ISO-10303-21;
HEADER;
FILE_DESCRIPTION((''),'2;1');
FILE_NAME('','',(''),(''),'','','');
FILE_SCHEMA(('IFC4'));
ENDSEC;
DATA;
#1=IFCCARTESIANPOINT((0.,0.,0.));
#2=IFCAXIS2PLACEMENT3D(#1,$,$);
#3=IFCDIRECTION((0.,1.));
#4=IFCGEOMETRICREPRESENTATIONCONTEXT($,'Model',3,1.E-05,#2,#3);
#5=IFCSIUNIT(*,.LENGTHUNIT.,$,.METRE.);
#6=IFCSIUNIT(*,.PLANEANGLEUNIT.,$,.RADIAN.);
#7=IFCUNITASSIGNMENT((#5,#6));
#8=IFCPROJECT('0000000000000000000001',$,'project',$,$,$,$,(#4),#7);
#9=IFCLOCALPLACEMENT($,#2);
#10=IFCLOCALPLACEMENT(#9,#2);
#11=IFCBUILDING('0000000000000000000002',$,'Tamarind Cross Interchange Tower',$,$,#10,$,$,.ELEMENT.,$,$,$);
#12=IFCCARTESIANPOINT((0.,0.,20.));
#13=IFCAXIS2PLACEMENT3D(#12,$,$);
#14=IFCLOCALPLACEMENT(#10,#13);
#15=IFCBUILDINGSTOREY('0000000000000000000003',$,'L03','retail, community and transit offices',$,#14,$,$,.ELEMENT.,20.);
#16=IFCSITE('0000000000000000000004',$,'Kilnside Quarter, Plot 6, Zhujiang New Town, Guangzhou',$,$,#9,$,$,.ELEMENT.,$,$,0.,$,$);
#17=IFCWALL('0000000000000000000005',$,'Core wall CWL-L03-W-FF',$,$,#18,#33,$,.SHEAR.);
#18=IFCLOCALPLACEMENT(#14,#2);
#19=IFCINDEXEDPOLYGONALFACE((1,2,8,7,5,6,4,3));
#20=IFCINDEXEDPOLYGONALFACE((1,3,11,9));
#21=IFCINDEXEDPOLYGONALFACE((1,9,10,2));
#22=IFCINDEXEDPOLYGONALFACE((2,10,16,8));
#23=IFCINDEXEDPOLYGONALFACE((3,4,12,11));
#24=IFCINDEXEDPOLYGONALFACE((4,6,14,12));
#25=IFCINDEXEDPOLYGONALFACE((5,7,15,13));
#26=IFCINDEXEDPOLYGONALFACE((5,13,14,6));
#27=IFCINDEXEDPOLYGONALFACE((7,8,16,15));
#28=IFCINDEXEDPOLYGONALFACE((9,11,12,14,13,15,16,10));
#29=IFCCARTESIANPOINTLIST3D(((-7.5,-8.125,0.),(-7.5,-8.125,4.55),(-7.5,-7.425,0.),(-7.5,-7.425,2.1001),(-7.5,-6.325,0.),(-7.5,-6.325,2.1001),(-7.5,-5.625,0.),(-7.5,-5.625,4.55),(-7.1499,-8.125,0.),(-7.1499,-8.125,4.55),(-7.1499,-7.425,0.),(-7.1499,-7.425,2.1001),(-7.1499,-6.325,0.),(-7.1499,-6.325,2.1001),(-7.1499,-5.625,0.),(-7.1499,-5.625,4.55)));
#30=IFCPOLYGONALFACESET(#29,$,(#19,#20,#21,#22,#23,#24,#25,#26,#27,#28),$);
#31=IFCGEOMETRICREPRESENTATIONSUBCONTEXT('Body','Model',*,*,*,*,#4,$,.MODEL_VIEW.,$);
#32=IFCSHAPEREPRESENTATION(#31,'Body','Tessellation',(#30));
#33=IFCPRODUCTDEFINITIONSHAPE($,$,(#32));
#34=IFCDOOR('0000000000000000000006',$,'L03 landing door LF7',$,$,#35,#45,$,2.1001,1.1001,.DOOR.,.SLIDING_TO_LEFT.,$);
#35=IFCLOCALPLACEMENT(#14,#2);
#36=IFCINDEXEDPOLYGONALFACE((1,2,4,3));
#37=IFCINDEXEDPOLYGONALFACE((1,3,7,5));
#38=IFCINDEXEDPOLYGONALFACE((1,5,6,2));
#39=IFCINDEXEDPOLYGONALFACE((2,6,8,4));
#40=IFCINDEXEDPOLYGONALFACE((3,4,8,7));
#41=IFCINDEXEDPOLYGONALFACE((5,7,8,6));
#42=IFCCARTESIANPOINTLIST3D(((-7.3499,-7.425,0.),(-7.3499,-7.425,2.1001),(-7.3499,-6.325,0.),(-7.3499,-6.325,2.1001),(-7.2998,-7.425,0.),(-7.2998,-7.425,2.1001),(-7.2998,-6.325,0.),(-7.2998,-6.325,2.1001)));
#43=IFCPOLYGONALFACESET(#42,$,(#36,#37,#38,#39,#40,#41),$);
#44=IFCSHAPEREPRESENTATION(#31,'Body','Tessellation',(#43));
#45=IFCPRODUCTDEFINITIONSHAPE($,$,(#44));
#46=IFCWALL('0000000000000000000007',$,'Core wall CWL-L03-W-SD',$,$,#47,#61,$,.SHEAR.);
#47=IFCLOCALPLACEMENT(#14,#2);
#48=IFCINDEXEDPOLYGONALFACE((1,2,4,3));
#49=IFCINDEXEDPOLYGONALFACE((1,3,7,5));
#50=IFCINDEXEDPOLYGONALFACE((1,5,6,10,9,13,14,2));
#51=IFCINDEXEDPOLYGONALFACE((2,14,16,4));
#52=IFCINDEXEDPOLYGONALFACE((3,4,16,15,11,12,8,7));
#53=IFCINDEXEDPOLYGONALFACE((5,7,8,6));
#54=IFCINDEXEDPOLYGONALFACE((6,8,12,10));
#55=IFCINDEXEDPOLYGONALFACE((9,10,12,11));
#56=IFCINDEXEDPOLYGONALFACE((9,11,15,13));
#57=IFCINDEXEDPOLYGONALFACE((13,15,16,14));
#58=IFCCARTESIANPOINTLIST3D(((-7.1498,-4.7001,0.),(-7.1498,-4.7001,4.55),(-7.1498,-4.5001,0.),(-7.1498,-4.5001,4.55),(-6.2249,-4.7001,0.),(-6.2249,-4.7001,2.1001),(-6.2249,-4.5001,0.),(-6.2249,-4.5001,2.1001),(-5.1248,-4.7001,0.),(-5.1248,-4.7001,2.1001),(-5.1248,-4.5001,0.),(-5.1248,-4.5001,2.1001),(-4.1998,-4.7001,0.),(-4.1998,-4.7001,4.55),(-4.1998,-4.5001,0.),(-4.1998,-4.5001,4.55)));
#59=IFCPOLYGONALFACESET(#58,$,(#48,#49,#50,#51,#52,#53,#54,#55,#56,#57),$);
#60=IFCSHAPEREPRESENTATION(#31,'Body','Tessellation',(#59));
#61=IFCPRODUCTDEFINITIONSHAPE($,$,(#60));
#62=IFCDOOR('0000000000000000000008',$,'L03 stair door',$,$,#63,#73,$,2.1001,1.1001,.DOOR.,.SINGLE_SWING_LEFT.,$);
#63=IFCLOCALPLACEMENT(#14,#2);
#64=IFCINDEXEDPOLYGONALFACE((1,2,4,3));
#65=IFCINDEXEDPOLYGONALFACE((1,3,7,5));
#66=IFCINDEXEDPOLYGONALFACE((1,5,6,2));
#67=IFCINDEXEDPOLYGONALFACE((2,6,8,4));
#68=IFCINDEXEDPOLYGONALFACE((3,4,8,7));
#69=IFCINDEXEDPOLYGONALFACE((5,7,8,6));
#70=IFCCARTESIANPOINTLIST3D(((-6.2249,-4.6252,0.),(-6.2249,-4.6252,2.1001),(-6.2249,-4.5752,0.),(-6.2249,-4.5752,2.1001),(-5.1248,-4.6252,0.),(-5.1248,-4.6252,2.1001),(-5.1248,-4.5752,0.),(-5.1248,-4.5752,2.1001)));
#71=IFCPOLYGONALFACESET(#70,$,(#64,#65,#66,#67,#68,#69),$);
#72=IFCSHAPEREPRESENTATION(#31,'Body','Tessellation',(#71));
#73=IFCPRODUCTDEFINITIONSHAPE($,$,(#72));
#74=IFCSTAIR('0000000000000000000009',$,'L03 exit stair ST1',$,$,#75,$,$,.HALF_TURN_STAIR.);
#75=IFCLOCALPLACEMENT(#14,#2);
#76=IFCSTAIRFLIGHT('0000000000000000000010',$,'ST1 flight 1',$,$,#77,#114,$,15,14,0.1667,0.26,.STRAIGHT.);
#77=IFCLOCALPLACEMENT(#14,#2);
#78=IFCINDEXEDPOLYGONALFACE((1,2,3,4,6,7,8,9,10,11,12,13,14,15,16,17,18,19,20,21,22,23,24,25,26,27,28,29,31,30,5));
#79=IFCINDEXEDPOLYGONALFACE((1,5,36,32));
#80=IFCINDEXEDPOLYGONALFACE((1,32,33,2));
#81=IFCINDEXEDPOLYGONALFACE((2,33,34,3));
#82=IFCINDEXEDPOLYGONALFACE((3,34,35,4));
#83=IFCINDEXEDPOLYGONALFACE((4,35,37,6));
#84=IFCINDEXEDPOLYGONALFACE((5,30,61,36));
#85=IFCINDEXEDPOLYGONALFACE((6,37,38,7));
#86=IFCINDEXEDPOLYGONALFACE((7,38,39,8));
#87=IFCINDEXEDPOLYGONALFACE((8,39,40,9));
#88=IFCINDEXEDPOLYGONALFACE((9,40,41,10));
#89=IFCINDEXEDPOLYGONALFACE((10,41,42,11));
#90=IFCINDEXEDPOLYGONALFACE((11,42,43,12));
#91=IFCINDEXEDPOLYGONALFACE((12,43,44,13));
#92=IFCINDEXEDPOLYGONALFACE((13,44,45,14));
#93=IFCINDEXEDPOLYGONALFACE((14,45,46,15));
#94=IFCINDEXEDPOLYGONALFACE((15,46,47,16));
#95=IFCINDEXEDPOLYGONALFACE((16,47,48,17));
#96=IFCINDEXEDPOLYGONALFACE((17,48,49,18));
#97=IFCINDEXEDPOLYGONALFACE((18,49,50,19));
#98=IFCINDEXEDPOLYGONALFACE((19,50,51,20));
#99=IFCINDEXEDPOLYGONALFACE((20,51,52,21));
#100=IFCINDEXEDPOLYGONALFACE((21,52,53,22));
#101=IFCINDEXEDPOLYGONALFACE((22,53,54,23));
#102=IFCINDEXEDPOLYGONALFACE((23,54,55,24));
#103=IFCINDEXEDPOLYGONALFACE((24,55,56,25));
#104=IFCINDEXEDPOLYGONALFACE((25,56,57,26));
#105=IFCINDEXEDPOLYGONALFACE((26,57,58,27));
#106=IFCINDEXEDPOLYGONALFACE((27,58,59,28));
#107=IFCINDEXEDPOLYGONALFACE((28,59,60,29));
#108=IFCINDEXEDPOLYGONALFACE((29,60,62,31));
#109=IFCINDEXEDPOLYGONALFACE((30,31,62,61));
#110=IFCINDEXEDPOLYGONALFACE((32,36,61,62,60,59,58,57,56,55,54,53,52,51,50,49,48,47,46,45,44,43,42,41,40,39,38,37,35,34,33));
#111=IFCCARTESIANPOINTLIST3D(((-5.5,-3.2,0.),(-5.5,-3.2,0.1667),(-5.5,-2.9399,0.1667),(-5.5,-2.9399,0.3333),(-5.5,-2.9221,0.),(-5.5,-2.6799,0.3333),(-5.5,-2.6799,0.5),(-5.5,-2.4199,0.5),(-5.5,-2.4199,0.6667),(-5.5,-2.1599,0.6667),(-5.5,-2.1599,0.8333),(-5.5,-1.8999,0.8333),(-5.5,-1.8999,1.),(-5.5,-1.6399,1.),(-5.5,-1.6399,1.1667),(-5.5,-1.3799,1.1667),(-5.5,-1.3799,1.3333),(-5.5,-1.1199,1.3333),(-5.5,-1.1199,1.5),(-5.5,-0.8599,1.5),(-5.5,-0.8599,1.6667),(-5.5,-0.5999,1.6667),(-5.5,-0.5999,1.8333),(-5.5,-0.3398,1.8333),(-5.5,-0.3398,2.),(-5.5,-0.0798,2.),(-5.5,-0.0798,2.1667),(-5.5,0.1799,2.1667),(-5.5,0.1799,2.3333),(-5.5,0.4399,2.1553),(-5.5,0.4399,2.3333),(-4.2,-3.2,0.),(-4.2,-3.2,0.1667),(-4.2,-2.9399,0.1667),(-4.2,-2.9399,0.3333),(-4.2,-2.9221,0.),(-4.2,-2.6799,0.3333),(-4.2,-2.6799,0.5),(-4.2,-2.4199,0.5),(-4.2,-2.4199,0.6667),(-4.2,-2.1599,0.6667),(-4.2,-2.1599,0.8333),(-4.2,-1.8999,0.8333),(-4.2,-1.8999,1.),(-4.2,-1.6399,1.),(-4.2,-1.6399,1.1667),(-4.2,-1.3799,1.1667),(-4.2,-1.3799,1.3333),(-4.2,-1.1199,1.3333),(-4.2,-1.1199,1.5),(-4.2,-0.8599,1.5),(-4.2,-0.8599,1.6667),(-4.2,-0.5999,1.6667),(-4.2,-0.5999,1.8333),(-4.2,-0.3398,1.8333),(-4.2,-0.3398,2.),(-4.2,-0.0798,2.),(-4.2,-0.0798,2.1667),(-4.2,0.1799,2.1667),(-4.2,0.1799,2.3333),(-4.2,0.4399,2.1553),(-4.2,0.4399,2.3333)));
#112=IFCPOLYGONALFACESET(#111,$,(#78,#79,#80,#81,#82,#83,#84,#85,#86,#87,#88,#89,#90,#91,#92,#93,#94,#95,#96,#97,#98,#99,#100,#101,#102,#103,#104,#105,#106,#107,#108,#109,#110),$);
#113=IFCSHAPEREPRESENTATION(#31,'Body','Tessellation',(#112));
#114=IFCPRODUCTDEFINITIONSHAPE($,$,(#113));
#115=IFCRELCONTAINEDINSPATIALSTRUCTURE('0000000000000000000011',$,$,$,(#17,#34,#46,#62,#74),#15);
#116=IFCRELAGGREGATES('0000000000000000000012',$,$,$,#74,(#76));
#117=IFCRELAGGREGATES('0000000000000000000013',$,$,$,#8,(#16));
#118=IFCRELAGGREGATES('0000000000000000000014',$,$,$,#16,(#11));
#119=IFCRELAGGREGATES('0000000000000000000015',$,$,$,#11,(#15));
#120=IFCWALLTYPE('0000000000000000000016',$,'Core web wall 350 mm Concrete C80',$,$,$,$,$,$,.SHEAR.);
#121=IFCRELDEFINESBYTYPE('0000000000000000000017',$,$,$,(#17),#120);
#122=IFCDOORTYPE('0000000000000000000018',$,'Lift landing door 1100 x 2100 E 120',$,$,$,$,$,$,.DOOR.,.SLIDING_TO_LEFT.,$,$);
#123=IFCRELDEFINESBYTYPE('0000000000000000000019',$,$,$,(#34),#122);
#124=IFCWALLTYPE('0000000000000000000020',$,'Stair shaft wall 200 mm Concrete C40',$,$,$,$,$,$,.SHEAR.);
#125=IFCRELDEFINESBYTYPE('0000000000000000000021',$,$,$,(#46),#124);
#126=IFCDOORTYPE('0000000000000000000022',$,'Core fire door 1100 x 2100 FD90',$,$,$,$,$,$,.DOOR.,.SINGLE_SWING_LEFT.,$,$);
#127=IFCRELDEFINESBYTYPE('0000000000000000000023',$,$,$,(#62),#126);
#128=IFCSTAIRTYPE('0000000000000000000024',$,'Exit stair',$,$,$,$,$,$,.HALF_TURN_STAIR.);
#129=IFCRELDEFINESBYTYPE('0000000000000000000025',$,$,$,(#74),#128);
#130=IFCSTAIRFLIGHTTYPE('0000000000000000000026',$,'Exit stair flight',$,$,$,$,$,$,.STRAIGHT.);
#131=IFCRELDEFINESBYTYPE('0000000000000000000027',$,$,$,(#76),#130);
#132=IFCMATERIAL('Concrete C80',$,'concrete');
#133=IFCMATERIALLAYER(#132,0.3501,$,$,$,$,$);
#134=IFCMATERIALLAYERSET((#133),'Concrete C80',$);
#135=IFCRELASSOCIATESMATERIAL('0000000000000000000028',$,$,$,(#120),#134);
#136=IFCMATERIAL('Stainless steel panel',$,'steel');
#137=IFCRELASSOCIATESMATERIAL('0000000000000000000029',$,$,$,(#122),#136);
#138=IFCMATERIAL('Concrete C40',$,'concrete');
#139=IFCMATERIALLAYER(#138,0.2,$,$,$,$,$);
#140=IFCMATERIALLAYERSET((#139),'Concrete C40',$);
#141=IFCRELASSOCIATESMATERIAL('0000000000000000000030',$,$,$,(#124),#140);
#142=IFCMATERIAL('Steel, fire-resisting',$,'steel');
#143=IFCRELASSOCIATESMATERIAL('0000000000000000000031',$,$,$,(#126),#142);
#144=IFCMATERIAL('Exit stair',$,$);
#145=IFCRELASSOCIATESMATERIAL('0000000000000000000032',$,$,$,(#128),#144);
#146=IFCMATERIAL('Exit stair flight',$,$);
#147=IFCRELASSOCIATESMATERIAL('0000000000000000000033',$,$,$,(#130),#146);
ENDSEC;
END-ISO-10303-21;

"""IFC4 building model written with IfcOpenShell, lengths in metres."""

from ifc_helpers import new_model, si_unit, direction, frame, frame_2d, origin, place, context, subcontext, project, spatial, polyline, rectangle, outline, extrude, material, layer, layer_set, type_object, element, fill, aggregate, save


model = new_model("IFC4")

# Units and contexts
model_context = context("Model", 3, precision=1e-05, world=origin(), true_north=direction((0.0, 1.0)))
body_context = subcontext(model_context, "Body", "Model", "MODEL_VIEW")
ifc_project = project(units=[si_unit("LENGTHUNIT", "METRE"), si_unit("PLANEANGLEUNIT", "RADIAN")], contexts=[model_context])

# Site, building, storey
site_placement = place(None, origin())
site = spatial("IfcSite", under=ifc_project, at=site_placement, Name="Kilnside Quarter, Plot 6, Zhujiang New Town, Guangzhou", CompositionType="ELEMENT", RefElevation=0.0)
building_placement = place(site_placement, origin())
building = spatial("IfcBuilding", under=site, at=building_placement, Name="Tamarind Cross Interchange Tower", CompositionType="ELEMENT")
storey_placement = place(building_placement, frame((0.0, 0.0, 20.0)))
storey = spatial("IfcBuildingStorey", under=building, at=storey_placement, Name="L03", Description="retail, community and transit offices", CompositionType="ELEMENT", Elevation=20.0)

# Shared definitions
ifc_material_1 = material(Name="Concrete C40", Category="concrete")

# Shared definitions
ifc_material_2 = material(Name="Concrete C80", Category="concrete")
ifc_material_3 = material(Name="Steel, fire-resisting", Category="steel")

# Shared definitions
ifc_layer_1 = layer(ifc_material_2, 0.3501)
ifc_layer_set_1 = layer_set([ifc_layer_1], Name="Concrete C80")
wall_type_1 = type_object("IfcWallType", Name="Core web wall 350 mm Concrete C80", PredefinedType="SHEAR", material=ifc_layer_set_1)

# Walls, openings, doors
wall_1_placement = place(storey_placement, frame((-7.325, -8.125, 0.0), z_axis=(0.0, 0.0, 1.0), x_axis=(0.0, 1.0, 0.0)))
wall_1 = element("IfcWall", 1, at=wall_1_placement, inside=storey, type_object=wall_type_1, Name="Core wall CWL-L03-W-FF", PredefinedType="SHEAR", context=body_context, shape_type="SweptSolid", body=[
    extrude(rectangle(XDim=2.5, YDim=0.3501, at=frame_2d((1.25, 0.0))), origin(), (0.0, 0.0, 1.0), 4.55),
])
opening_1_placement = place(wall_1_placement, frame((0.7, 0.0, 0.0)))
opening_1 = element("IfcOpeningElement", 2, at=opening_1_placement, cuts=wall_1, PredefinedType="OPENING", context=body_context, shape_type="SweptSolid", body=[
    extrude(rectangle(XDim=1.1001, YDim=2.1001, at=frame_2d((0.55, 1.05))), frame((0.0, 0.1851, 0.0), z_axis=(0.0, -1.0, 0.0), x_axis=(1.0, 0.0, 0.0)), (0.0, 0.0, 1.0), 0.3701),
])
ifc_material_4 = material(Name="Stainless steel panel", Category="steel")
door_type_1 = type_object("IfcDoorType", Name="Lift landing door 1100 x 2100 E 120", OperationType="SLIDING_TO_LEFT", PredefinedType="DOOR", material=ifc_material_4)
door_1_placement = place(opening_1_placement, origin())
door_1 = element("IfcDoor", 3, at=door_1_placement, inside=storey, type_object=door_type_1, Name="L03 landing door LF7", OperationType="SLIDING_TO_LEFT", OverallHeight=2.1001, OverallWidth=1.1001, PredefinedType="DOOR", context=body_context, shape_type="SweptSolid", body=[
    extrude(rectangle(XDim=1.1001, YDim=2.1001, at=frame_2d((0.55, 1.05))), frame((0.0, 0.0249, 0.0), z_axis=(0.0, -1.0, 0.0), x_axis=(1.0, 0.0, 0.0)), (0.0, 0.0, 1.0), 0.05),
])
fill(opening_1, door_1)
ifc_layer_2 = layer(ifc_material_1, 0.2)
ifc_layer_set_2 = layer_set([ifc_layer_2], Name="Concrete C40")
wall_type_2 = type_object("IfcWallType", Name="Stair shaft wall 200 mm Concrete C40", PredefinedType="SHEAR", material=ifc_layer_set_2)
wall_2_placement = place(storey_placement, frame((-7.1499, -4.6001, 0.0), z_axis=(0.0, 0.0, 1.0), x_axis=(1.0, 0.0, 0.0)))
wall_2 = element("IfcWall", 4, at=wall_2_placement, inside=storey, type_object=wall_type_2, Name="Core wall CWL-L03-W-SD", PredefinedType="SHEAR", context=body_context, shape_type="SweptSolid", body=[
    extrude(rectangle(XDim=2.95, YDim=0.2, at=frame_2d((1.4751, 0.0))), origin(), (0.0, 0.0, 1.0), 4.55),
])
opening_2_placement = place(wall_2_placement, frame((0.925, 0.0, 0.0)))
opening_2 = element("IfcOpeningElement", 5, at=opening_2_placement, cuts=wall_2, PredefinedType="OPENING", context=body_context, shape_type="SweptSolid", body=[
    extrude(rectangle(XDim=1.1001, YDim=2.1001, at=frame_2d((0.55, 1.05))), frame((0.0, 0.1099, 0.0), z_axis=(0.0, -1.0, 0.0), x_axis=(1.0, 0.0, 0.0)), (0.0, 0.0, 1.0), 0.22),
])
door_type_2 = type_object("IfcDoorType", Name="Core fire door 1100 x 2100 FD90", OperationType="SINGLE_SWING_LEFT", PredefinedType="DOOR", material=ifc_material_3)
door_2_placement = place(opening_2_placement, origin())
door_2 = element("IfcDoor", 6, at=door_2_placement, inside=storey, type_object=door_type_2, Name="L03 stair door", OperationType="SINGLE_SWING_LEFT", OverallHeight=2.1001, OverallWidth=1.1001, PredefinedType="DOOR", context=body_context, shape_type="SweptSolid", body=[
    extrude(rectangle(XDim=1.1001, YDim=2.1001, at=frame_2d((0.55, 1.05))), frame((0.0, 0.0249, 0.0), z_axis=(0.0, -1.0, 0.0), x_axis=(1.0, 0.0, 0.0)), (0.0, 0.0, 1.0), 0.05),
])
fill(opening_2, door_2)

# Stair, stair flight
ifc_material_5 = material(Name="Exit stair")
stair_type_1 = type_object("IfcStairType", Name="Exit stair", PredefinedType="HALF_TURN_STAIR", material=ifc_material_5)
stair_1_placement = place(storey_placement, origin())
stair_1 = element("IfcStair", 7, at=stair_1_placement, inside=storey, type_object=stair_type_1, Name="L03 exit stair ST1", PredefinedType="HALF_TURN_STAIR")
ifc_material_6 = material(Name="Exit stair flight")
stair_flight_type = type_object("IfcStairFlightType", Name="Exit stair flight", PredefinedType="STRAIGHT", material=ifc_material_6)
stair_flight_placement = place(storey_placement, frame((-4.8501, -3.2, 0.0), z_axis=(0.0, 0.0, 1.0), x_axis=(0.0, 1.0, 0.0)))
stair_flight = element("IfcStairFlight", 8, at=stair_flight_placement, type_object=stair_flight_type, Name="ST1 flight 1", NumberOfRisers=15, NumberOfTreads=14, PredefinedType="STRAIGHT", RiserHeight=0.1667, TreadLength=0.26, context=body_context, shape_type="SweptSolid", body=[
    extrude(outline(polyline([(0.0, 0.0), (0.0, 0.1667), (0.26, 0.1667), (0.26, 0.3333), (0.52, 0.3333), (0.52, 0.5), (0.78, 0.5), (0.78, 0.6667), (1.04, 0.6667), (1.04, 0.8333), (1.3, 0.8333), (1.3, 1.0), (1.5601, 1.0), (1.5601, 1.1667), (1.8201, 1.1667), (1.8201, 1.3333), (2.0801, 1.3333), (2.0801, 1.5), (2.3401, 1.5), (2.3401, 1.6667), (2.6001, 1.6667), (2.6001, 1.8333), (2.8601, 1.8333), (2.8601, 2.0), (3.1201, 2.0), (3.1201, 2.1667), (3.3799, 2.1667), (3.3799, 2.3333), (3.6399, 2.3333), (3.6399, 2.5), (3.6399, 2.1553), (0.2778, 0.0), (0.0, 0.0)])), frame((0.0, 0.6499, 0.0), z_axis=(0.0, -1.0, 0.0), x_axis=(1.0, 0.0, 0.0)), (0.0, 0.0, 1.0), 1.3),
])
aggregate(stair_1, [stair_flight])

save(model, "model.ifc")
